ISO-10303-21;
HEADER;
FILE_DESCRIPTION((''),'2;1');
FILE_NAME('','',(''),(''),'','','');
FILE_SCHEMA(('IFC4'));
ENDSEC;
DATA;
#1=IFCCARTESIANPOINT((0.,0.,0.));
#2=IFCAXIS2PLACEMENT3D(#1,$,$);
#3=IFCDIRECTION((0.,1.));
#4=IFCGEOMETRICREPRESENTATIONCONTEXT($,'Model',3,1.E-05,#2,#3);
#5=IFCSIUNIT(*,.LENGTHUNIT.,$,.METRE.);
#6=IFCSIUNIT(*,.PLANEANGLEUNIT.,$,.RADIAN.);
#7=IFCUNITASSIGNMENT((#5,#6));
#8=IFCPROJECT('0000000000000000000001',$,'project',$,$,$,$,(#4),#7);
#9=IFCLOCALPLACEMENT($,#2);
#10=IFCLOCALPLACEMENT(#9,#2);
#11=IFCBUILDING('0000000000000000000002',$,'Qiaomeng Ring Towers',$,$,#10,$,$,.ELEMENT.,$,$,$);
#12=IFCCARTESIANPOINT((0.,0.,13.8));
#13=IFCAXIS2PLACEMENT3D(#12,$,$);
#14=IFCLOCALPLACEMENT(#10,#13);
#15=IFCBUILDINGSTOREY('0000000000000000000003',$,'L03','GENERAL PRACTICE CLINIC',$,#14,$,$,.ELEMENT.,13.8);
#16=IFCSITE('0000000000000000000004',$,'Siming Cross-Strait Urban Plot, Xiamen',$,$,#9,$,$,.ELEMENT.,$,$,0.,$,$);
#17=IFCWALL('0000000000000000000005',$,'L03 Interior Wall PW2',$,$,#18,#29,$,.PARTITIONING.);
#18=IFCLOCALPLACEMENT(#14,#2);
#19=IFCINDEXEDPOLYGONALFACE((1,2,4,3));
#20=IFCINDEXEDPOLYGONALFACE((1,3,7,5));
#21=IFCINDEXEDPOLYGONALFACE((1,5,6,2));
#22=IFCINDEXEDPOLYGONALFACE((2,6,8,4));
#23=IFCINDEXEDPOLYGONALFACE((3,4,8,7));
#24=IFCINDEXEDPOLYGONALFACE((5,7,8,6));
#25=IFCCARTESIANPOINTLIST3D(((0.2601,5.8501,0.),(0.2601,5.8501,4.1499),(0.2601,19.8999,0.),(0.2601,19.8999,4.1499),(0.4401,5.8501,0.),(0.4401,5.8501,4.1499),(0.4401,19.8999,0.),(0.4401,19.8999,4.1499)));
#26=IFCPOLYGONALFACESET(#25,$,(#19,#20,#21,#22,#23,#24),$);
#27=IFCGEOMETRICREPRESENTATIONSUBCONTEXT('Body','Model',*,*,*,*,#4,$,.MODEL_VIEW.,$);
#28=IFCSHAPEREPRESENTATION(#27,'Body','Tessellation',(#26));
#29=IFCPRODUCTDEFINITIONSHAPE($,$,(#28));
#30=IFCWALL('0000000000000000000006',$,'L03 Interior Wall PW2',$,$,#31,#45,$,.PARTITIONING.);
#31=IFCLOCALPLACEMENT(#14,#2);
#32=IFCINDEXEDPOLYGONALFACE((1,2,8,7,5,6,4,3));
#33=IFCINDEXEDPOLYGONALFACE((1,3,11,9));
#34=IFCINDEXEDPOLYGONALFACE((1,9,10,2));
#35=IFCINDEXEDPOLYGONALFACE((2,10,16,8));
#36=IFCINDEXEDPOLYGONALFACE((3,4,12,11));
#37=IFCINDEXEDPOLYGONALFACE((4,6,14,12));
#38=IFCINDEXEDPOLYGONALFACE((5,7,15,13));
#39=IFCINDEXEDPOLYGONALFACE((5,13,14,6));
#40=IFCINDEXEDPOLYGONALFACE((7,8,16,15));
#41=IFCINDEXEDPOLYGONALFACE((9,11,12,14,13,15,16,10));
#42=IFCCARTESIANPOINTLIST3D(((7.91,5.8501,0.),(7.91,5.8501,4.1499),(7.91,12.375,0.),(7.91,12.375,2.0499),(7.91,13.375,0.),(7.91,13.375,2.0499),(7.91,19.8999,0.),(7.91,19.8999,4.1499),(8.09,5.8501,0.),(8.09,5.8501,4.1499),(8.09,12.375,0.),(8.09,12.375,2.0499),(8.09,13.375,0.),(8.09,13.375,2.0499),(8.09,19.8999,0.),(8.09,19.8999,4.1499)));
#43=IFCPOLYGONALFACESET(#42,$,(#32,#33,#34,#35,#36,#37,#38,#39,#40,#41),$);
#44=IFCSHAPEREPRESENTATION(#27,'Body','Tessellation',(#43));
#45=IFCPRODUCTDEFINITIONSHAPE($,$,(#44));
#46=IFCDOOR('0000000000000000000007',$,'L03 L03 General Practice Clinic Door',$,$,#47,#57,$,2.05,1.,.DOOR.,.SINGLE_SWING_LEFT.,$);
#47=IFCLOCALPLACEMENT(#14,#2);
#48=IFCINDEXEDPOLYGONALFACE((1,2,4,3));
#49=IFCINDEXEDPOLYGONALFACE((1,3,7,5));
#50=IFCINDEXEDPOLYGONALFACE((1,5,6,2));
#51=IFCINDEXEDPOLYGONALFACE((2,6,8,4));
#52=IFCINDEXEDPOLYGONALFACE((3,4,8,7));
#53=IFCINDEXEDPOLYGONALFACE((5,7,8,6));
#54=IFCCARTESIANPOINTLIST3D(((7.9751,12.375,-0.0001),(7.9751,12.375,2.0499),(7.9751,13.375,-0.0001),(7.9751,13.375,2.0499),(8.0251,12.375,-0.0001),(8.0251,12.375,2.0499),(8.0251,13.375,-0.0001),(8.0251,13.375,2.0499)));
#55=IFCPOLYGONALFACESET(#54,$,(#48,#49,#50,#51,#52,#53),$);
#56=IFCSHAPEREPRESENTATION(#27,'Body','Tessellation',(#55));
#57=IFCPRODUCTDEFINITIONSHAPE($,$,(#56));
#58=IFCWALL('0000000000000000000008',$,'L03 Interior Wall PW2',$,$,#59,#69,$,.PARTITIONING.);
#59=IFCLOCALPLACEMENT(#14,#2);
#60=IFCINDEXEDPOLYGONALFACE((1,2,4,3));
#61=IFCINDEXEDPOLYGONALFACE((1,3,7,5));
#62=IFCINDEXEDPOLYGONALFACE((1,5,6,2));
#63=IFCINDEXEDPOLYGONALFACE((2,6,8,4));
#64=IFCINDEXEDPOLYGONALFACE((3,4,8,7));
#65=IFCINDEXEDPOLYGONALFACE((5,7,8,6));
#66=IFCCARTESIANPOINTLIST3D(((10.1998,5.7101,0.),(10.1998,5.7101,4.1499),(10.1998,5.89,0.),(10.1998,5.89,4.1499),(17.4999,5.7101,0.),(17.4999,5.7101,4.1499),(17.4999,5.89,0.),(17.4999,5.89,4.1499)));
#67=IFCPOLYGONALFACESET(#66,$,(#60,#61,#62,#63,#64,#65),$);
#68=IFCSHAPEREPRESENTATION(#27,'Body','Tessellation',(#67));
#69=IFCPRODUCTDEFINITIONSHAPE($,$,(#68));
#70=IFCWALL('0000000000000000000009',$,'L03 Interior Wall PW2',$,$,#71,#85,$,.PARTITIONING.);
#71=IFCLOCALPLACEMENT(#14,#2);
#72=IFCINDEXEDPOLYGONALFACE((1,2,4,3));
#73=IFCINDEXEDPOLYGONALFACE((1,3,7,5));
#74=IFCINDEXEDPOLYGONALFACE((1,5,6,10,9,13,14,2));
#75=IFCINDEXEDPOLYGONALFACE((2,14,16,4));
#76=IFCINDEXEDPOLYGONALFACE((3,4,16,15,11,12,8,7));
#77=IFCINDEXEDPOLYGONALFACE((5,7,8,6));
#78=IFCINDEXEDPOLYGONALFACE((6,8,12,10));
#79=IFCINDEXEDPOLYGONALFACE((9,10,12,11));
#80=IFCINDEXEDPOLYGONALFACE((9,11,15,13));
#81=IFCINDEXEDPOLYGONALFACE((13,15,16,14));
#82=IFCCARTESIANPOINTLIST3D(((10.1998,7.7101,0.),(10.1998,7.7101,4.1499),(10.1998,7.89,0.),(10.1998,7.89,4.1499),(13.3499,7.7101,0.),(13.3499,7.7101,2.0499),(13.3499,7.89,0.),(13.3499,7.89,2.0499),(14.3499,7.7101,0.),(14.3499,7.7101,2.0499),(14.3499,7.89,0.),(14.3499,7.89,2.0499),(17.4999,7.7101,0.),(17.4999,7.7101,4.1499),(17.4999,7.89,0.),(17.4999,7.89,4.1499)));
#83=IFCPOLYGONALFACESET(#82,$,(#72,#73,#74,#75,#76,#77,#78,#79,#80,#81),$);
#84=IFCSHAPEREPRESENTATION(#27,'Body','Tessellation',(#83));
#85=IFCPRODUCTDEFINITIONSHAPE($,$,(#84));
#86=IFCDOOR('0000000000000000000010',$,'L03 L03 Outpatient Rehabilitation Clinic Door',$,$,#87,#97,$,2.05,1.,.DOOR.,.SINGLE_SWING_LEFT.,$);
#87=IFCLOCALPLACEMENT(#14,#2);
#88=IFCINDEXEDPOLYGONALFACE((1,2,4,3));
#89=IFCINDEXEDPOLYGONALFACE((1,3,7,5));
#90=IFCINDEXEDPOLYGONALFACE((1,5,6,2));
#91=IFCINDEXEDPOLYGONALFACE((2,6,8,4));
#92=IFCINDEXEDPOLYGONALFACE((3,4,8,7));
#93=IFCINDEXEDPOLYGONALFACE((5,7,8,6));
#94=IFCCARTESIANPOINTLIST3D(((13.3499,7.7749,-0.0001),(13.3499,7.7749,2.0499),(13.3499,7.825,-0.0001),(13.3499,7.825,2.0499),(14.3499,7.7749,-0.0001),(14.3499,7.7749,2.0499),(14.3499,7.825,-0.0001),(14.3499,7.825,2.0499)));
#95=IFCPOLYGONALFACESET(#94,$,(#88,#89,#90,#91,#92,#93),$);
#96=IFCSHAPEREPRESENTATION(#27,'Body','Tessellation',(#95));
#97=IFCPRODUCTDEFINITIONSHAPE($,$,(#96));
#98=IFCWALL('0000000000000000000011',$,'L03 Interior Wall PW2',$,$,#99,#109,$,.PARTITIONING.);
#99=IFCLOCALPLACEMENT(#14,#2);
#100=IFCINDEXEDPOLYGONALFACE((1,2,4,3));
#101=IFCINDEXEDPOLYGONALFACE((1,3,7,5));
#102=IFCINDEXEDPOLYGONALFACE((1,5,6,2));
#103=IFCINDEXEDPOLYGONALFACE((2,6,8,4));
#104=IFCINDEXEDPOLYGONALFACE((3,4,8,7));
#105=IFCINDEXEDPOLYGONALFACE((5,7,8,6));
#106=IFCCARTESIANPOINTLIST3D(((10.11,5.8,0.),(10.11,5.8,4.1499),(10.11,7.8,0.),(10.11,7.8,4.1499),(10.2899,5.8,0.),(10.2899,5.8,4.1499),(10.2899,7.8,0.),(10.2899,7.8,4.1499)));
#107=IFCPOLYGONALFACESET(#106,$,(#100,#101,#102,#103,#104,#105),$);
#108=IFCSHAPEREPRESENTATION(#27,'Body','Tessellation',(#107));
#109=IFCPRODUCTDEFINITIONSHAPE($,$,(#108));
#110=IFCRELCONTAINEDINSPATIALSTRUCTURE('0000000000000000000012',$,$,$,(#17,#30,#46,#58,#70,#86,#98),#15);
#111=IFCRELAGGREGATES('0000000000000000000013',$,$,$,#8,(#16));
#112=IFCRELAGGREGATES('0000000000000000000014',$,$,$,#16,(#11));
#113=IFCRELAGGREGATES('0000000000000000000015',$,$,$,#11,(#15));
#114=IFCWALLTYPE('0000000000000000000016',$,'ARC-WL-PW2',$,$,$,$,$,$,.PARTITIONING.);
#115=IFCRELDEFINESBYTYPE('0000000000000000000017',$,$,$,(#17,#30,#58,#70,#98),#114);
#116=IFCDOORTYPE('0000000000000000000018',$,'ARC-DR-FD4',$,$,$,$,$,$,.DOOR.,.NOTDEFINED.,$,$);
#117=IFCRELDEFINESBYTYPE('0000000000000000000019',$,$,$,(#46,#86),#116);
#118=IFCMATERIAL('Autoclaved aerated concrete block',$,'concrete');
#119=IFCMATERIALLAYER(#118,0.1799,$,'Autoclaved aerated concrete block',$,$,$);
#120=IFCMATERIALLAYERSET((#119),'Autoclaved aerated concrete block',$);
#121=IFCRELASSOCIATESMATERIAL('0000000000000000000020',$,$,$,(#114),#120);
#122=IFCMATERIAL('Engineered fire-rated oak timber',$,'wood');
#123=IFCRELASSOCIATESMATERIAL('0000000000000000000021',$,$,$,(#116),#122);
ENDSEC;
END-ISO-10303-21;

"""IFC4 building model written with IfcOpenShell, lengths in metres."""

from ifc_helpers import new_model, si_unit, direction, frame, frame_2d, origin, place, context, subcontext, project, spatial, rectangle, extrude, source, transform, mapped, material, layer, layer_set, type_object, element, fill, save


model = new_model("IFC4")

# Units and contexts
model_context = context("Model", 3, precision=1e-05, world=origin(), true_north=direction((0.0, 1.0)))
body_context = subcontext(model_context, "Body", "Model", "MODEL_VIEW")
ifc_project = project(units=[si_unit("LENGTHUNIT", "METRE"), si_unit("PLANEANGLEUNIT", "RADIAN")], contexts=[model_context])

# Site, building, storey
site_placement = place(None, origin())
site = spatial("IfcSite", under=ifc_project, at=site_placement, Name="Siming Cross-Strait Urban Plot, Xiamen", CompositionType="ELEMENT", RefElevation=0.0)
building_placement = place(site_placement, origin())
building = spatial("IfcBuilding", under=site, at=building_placement, Name="Qiaomeng Ring Towers", CompositionType="ELEMENT")
storey_placement = place(building_placement, frame((0.0, 0.0, 13.8)))
storey = spatial("IfcBuildingStorey", under=building, at=storey_placement, Name="L03", Description="GENERAL PRACTICE CLINIC", CompositionType="ELEMENT", Elevation=13.8)

# Wall
ifc_material_1 = material(Name="Autoclaved aerated concrete block", Category="concrete")
ifc_layer_1 = layer(ifc_material_1, 0.1799, Name="Autoclaved aerated concrete block")
ifc_layer_set_1 = layer_set([ifc_layer_1], Name="Autoclaved aerated concrete block")
wall_type_1 = type_object("IfcWallType", Name="ARC-WL-PW2", PredefinedType="PARTITIONING", material=ifc_layer_set_1)
wall_1_placement = place(storey_placement, frame((0.3501, 5.8501, 0.0), z_axis=(0.0, 0.0, 1.0), x_axis=(0.0, 1.0, 0.0)))
element("IfcWall", 1, at=wall_1_placement, inside=storey, type_object=wall_type_1, Name="L03 Interior Wall PW2", PredefinedType="PARTITIONING", context=body_context, shape_type="SweptSolid", body=[
    extrude(rectangle(XDim=14.0498, YDim=0.1799, at=frame_2d((7.0249, 0.0))), origin(), (0.0, 0.0, 1.0), 4.1499),
])

# Wall, opening, door
wall_2_placement = place(storey_placement, frame((8.0, 5.8501, 0.0), z_axis=(0.0, 0.0, 1.0), x_axis=(0.0, 1.0, 0.0)))
wall_2 = element("IfcWall", 2, at=wall_2_placement, inside=storey, type_object=wall_type_1, Name="L03 Interior Wall PW2", PredefinedType="PARTITIONING", context=body_context, shape_type="SweptSolid", body=[
    extrude(rectangle(XDim=14.0498, YDim=0.1799, at=frame_2d((7.0249, 0.0))), origin(), (0.0, 0.0, 1.0), 4.1499),
])
opening_1_placement = place(wall_2_placement, frame((6.5249, 0.0, 0.0)))
opening_1 = element("IfcOpeningElement", 3, at=opening_1_placement, cuts=wall_2, PredefinedType="OPENING", context=body_context, shape_type="SweptSolid", body=[
    extrude(rectangle(XDim=1.0, YDim=2.05, at=frame_2d((0.5, 1.0249))), frame((0.0, 0.0999, 0.0), z_axis=(0.0, -1.0, 0.0), x_axis=(1.0, 0.0, 0.0)), (0.0, 0.0, 1.0), 0.2),
])
ifc_material_2 = material(Name="Engineered fire-rated oak timber", Category="wood")
door_type_1 = type_object("IfcDoorType", Name="ARC-DR-FD4", OperationType="NOTDEFINED", PredefinedType="DOOR", material=ifc_material_2)
shared_shape_1 = source(origin(), body_context, "Body", "SweptSolid", [
    extrude(rectangle(XDim=1.0, YDim=2.05, at=frame_2d((0.5, 1.0249))), frame((0.0, 0.0249, 0.0), z_axis=(0.0, -1.0, 0.0), x_axis=(1.0, 0.0, 0.0)), (0.0, 0.0, 1.0), 0.05),
])
door_1_placement = place(opening_1_placement, origin())
door_1 = element("IfcDoor", 4, at=door_1_placement, inside=storey, type_object=door_type_1, Name="L03 L03 General Practice Clinic Door", OperationType="SINGLE_SWING_LEFT", OverallHeight=2.05, OverallWidth=1.0, PredefinedType="DOOR", context=body_context, shape_type="MappedRepresentation", body=[
    mapped(shared_shape_1, transform((0.0, 0.0, 0.0), x_axis=(1.0, 0.0, 0.0), y_axis=(0.0, 1.0, 0.0), z_axis=(0.0, 0.0, 1.0), scale=1.0)),
])
fill(opening_1, door_1)

# Wall
wall_3_placement = place(storey_placement, frame((10.2, 5.8, 0.0), z_axis=(0.0, 0.0, 1.0), x_axis=(1.0, 0.0, 0.0)))
element("IfcWall", 5, at=wall_3_placement, inside=storey, type_object=wall_type_1, Name="L03 Interior Wall PW2", PredefinedType="PARTITIONING", context=body_context, shape_type="SweptSolid", body=[
    extrude(rectangle(XDim=7.3, YDim=0.1799, at=frame_2d((3.6499, 0.0))), origin(), (0.0, 0.0, 1.0), 4.1499),
])

# Wall, opening, door
wall_4_placement = place(storey_placement, frame((10.2, 7.8, 0.0), z_axis=(0.0, 0.0, 1.0), x_axis=(1.0, 0.0, 0.0)))
wall_4 = element("IfcWall", 6, at=wall_4_placement, inside=storey, type_object=wall_type_1, Name="L03 Interior Wall PW2", PredefinedType="PARTITIONING", context=body_context, shape_type="SweptSolid", body=[
    extrude(rectangle(XDim=7.3, YDim=0.1799, at=frame_2d((3.6499, 0.0))), origin(), (0.0, 0.0, 1.0), 4.1499),
])
opening_2_placement = place(wall_4_placement, frame((3.1499, 0.0, 0.0)))
opening_2 = element("IfcOpeningElement", 7, at=opening_2_placement, cuts=wall_4, PredefinedType="OPENING", context=body_context, shape_type="SweptSolid", body=[
    extrude(rectangle(XDim=1.0, YDim=2.05, at=frame_2d((0.5, 1.0249))), frame((0.0, 0.0999, 0.0), z_axis=(0.0, -1.0, 0.0), x_axis=(1.0, 0.0, 0.0)), (0.0, 0.0, 1.0), 0.2),
])
door_2_placement = place(opening_2_placement, origin())
door_2 = element("IfcDoor", 8, at=door_2_placement, inside=storey, type_object=door_type_1, Name="L03 L03 Outpatient Rehabilitation Clinic Door", OperationType="SINGLE_SWING_LEFT", OverallHeight=2.05, OverallWidth=1.0, PredefinedType="DOOR", context=body_context, shape_type="MappedRepresentation", body=[
    mapped(shared_shape_1, transform((0.0, 0.0, 0.0), x_axis=(1.0, 0.0, 0.0), y_axis=(0.0, 1.0, 0.0), z_axis=(0.0, 0.0, 1.0), scale=1.0)),
])
fill(opening_2, door_2)

# Wall
wall_5_placement = place(storey_placement, frame((10.2, 5.8, 0.0), z_axis=(0.0, 0.0, 1.0), x_axis=(0.0, 1.0, 0.0)))
element("IfcWall", 9, at=wall_5_placement, inside=storey, type_object=wall_type_1, Name="L03 Interior Wall PW2", PredefinedType="PARTITIONING", context=body_context, shape_type="SweptSolid", body=[
    extrude(rectangle(XDim=2.0, YDim=0.1799, at=frame_2d((1.0, 0.0))), origin(), (0.0, 0.0, 1.0), 4.1499),
])

save(model, "model.ifc")
